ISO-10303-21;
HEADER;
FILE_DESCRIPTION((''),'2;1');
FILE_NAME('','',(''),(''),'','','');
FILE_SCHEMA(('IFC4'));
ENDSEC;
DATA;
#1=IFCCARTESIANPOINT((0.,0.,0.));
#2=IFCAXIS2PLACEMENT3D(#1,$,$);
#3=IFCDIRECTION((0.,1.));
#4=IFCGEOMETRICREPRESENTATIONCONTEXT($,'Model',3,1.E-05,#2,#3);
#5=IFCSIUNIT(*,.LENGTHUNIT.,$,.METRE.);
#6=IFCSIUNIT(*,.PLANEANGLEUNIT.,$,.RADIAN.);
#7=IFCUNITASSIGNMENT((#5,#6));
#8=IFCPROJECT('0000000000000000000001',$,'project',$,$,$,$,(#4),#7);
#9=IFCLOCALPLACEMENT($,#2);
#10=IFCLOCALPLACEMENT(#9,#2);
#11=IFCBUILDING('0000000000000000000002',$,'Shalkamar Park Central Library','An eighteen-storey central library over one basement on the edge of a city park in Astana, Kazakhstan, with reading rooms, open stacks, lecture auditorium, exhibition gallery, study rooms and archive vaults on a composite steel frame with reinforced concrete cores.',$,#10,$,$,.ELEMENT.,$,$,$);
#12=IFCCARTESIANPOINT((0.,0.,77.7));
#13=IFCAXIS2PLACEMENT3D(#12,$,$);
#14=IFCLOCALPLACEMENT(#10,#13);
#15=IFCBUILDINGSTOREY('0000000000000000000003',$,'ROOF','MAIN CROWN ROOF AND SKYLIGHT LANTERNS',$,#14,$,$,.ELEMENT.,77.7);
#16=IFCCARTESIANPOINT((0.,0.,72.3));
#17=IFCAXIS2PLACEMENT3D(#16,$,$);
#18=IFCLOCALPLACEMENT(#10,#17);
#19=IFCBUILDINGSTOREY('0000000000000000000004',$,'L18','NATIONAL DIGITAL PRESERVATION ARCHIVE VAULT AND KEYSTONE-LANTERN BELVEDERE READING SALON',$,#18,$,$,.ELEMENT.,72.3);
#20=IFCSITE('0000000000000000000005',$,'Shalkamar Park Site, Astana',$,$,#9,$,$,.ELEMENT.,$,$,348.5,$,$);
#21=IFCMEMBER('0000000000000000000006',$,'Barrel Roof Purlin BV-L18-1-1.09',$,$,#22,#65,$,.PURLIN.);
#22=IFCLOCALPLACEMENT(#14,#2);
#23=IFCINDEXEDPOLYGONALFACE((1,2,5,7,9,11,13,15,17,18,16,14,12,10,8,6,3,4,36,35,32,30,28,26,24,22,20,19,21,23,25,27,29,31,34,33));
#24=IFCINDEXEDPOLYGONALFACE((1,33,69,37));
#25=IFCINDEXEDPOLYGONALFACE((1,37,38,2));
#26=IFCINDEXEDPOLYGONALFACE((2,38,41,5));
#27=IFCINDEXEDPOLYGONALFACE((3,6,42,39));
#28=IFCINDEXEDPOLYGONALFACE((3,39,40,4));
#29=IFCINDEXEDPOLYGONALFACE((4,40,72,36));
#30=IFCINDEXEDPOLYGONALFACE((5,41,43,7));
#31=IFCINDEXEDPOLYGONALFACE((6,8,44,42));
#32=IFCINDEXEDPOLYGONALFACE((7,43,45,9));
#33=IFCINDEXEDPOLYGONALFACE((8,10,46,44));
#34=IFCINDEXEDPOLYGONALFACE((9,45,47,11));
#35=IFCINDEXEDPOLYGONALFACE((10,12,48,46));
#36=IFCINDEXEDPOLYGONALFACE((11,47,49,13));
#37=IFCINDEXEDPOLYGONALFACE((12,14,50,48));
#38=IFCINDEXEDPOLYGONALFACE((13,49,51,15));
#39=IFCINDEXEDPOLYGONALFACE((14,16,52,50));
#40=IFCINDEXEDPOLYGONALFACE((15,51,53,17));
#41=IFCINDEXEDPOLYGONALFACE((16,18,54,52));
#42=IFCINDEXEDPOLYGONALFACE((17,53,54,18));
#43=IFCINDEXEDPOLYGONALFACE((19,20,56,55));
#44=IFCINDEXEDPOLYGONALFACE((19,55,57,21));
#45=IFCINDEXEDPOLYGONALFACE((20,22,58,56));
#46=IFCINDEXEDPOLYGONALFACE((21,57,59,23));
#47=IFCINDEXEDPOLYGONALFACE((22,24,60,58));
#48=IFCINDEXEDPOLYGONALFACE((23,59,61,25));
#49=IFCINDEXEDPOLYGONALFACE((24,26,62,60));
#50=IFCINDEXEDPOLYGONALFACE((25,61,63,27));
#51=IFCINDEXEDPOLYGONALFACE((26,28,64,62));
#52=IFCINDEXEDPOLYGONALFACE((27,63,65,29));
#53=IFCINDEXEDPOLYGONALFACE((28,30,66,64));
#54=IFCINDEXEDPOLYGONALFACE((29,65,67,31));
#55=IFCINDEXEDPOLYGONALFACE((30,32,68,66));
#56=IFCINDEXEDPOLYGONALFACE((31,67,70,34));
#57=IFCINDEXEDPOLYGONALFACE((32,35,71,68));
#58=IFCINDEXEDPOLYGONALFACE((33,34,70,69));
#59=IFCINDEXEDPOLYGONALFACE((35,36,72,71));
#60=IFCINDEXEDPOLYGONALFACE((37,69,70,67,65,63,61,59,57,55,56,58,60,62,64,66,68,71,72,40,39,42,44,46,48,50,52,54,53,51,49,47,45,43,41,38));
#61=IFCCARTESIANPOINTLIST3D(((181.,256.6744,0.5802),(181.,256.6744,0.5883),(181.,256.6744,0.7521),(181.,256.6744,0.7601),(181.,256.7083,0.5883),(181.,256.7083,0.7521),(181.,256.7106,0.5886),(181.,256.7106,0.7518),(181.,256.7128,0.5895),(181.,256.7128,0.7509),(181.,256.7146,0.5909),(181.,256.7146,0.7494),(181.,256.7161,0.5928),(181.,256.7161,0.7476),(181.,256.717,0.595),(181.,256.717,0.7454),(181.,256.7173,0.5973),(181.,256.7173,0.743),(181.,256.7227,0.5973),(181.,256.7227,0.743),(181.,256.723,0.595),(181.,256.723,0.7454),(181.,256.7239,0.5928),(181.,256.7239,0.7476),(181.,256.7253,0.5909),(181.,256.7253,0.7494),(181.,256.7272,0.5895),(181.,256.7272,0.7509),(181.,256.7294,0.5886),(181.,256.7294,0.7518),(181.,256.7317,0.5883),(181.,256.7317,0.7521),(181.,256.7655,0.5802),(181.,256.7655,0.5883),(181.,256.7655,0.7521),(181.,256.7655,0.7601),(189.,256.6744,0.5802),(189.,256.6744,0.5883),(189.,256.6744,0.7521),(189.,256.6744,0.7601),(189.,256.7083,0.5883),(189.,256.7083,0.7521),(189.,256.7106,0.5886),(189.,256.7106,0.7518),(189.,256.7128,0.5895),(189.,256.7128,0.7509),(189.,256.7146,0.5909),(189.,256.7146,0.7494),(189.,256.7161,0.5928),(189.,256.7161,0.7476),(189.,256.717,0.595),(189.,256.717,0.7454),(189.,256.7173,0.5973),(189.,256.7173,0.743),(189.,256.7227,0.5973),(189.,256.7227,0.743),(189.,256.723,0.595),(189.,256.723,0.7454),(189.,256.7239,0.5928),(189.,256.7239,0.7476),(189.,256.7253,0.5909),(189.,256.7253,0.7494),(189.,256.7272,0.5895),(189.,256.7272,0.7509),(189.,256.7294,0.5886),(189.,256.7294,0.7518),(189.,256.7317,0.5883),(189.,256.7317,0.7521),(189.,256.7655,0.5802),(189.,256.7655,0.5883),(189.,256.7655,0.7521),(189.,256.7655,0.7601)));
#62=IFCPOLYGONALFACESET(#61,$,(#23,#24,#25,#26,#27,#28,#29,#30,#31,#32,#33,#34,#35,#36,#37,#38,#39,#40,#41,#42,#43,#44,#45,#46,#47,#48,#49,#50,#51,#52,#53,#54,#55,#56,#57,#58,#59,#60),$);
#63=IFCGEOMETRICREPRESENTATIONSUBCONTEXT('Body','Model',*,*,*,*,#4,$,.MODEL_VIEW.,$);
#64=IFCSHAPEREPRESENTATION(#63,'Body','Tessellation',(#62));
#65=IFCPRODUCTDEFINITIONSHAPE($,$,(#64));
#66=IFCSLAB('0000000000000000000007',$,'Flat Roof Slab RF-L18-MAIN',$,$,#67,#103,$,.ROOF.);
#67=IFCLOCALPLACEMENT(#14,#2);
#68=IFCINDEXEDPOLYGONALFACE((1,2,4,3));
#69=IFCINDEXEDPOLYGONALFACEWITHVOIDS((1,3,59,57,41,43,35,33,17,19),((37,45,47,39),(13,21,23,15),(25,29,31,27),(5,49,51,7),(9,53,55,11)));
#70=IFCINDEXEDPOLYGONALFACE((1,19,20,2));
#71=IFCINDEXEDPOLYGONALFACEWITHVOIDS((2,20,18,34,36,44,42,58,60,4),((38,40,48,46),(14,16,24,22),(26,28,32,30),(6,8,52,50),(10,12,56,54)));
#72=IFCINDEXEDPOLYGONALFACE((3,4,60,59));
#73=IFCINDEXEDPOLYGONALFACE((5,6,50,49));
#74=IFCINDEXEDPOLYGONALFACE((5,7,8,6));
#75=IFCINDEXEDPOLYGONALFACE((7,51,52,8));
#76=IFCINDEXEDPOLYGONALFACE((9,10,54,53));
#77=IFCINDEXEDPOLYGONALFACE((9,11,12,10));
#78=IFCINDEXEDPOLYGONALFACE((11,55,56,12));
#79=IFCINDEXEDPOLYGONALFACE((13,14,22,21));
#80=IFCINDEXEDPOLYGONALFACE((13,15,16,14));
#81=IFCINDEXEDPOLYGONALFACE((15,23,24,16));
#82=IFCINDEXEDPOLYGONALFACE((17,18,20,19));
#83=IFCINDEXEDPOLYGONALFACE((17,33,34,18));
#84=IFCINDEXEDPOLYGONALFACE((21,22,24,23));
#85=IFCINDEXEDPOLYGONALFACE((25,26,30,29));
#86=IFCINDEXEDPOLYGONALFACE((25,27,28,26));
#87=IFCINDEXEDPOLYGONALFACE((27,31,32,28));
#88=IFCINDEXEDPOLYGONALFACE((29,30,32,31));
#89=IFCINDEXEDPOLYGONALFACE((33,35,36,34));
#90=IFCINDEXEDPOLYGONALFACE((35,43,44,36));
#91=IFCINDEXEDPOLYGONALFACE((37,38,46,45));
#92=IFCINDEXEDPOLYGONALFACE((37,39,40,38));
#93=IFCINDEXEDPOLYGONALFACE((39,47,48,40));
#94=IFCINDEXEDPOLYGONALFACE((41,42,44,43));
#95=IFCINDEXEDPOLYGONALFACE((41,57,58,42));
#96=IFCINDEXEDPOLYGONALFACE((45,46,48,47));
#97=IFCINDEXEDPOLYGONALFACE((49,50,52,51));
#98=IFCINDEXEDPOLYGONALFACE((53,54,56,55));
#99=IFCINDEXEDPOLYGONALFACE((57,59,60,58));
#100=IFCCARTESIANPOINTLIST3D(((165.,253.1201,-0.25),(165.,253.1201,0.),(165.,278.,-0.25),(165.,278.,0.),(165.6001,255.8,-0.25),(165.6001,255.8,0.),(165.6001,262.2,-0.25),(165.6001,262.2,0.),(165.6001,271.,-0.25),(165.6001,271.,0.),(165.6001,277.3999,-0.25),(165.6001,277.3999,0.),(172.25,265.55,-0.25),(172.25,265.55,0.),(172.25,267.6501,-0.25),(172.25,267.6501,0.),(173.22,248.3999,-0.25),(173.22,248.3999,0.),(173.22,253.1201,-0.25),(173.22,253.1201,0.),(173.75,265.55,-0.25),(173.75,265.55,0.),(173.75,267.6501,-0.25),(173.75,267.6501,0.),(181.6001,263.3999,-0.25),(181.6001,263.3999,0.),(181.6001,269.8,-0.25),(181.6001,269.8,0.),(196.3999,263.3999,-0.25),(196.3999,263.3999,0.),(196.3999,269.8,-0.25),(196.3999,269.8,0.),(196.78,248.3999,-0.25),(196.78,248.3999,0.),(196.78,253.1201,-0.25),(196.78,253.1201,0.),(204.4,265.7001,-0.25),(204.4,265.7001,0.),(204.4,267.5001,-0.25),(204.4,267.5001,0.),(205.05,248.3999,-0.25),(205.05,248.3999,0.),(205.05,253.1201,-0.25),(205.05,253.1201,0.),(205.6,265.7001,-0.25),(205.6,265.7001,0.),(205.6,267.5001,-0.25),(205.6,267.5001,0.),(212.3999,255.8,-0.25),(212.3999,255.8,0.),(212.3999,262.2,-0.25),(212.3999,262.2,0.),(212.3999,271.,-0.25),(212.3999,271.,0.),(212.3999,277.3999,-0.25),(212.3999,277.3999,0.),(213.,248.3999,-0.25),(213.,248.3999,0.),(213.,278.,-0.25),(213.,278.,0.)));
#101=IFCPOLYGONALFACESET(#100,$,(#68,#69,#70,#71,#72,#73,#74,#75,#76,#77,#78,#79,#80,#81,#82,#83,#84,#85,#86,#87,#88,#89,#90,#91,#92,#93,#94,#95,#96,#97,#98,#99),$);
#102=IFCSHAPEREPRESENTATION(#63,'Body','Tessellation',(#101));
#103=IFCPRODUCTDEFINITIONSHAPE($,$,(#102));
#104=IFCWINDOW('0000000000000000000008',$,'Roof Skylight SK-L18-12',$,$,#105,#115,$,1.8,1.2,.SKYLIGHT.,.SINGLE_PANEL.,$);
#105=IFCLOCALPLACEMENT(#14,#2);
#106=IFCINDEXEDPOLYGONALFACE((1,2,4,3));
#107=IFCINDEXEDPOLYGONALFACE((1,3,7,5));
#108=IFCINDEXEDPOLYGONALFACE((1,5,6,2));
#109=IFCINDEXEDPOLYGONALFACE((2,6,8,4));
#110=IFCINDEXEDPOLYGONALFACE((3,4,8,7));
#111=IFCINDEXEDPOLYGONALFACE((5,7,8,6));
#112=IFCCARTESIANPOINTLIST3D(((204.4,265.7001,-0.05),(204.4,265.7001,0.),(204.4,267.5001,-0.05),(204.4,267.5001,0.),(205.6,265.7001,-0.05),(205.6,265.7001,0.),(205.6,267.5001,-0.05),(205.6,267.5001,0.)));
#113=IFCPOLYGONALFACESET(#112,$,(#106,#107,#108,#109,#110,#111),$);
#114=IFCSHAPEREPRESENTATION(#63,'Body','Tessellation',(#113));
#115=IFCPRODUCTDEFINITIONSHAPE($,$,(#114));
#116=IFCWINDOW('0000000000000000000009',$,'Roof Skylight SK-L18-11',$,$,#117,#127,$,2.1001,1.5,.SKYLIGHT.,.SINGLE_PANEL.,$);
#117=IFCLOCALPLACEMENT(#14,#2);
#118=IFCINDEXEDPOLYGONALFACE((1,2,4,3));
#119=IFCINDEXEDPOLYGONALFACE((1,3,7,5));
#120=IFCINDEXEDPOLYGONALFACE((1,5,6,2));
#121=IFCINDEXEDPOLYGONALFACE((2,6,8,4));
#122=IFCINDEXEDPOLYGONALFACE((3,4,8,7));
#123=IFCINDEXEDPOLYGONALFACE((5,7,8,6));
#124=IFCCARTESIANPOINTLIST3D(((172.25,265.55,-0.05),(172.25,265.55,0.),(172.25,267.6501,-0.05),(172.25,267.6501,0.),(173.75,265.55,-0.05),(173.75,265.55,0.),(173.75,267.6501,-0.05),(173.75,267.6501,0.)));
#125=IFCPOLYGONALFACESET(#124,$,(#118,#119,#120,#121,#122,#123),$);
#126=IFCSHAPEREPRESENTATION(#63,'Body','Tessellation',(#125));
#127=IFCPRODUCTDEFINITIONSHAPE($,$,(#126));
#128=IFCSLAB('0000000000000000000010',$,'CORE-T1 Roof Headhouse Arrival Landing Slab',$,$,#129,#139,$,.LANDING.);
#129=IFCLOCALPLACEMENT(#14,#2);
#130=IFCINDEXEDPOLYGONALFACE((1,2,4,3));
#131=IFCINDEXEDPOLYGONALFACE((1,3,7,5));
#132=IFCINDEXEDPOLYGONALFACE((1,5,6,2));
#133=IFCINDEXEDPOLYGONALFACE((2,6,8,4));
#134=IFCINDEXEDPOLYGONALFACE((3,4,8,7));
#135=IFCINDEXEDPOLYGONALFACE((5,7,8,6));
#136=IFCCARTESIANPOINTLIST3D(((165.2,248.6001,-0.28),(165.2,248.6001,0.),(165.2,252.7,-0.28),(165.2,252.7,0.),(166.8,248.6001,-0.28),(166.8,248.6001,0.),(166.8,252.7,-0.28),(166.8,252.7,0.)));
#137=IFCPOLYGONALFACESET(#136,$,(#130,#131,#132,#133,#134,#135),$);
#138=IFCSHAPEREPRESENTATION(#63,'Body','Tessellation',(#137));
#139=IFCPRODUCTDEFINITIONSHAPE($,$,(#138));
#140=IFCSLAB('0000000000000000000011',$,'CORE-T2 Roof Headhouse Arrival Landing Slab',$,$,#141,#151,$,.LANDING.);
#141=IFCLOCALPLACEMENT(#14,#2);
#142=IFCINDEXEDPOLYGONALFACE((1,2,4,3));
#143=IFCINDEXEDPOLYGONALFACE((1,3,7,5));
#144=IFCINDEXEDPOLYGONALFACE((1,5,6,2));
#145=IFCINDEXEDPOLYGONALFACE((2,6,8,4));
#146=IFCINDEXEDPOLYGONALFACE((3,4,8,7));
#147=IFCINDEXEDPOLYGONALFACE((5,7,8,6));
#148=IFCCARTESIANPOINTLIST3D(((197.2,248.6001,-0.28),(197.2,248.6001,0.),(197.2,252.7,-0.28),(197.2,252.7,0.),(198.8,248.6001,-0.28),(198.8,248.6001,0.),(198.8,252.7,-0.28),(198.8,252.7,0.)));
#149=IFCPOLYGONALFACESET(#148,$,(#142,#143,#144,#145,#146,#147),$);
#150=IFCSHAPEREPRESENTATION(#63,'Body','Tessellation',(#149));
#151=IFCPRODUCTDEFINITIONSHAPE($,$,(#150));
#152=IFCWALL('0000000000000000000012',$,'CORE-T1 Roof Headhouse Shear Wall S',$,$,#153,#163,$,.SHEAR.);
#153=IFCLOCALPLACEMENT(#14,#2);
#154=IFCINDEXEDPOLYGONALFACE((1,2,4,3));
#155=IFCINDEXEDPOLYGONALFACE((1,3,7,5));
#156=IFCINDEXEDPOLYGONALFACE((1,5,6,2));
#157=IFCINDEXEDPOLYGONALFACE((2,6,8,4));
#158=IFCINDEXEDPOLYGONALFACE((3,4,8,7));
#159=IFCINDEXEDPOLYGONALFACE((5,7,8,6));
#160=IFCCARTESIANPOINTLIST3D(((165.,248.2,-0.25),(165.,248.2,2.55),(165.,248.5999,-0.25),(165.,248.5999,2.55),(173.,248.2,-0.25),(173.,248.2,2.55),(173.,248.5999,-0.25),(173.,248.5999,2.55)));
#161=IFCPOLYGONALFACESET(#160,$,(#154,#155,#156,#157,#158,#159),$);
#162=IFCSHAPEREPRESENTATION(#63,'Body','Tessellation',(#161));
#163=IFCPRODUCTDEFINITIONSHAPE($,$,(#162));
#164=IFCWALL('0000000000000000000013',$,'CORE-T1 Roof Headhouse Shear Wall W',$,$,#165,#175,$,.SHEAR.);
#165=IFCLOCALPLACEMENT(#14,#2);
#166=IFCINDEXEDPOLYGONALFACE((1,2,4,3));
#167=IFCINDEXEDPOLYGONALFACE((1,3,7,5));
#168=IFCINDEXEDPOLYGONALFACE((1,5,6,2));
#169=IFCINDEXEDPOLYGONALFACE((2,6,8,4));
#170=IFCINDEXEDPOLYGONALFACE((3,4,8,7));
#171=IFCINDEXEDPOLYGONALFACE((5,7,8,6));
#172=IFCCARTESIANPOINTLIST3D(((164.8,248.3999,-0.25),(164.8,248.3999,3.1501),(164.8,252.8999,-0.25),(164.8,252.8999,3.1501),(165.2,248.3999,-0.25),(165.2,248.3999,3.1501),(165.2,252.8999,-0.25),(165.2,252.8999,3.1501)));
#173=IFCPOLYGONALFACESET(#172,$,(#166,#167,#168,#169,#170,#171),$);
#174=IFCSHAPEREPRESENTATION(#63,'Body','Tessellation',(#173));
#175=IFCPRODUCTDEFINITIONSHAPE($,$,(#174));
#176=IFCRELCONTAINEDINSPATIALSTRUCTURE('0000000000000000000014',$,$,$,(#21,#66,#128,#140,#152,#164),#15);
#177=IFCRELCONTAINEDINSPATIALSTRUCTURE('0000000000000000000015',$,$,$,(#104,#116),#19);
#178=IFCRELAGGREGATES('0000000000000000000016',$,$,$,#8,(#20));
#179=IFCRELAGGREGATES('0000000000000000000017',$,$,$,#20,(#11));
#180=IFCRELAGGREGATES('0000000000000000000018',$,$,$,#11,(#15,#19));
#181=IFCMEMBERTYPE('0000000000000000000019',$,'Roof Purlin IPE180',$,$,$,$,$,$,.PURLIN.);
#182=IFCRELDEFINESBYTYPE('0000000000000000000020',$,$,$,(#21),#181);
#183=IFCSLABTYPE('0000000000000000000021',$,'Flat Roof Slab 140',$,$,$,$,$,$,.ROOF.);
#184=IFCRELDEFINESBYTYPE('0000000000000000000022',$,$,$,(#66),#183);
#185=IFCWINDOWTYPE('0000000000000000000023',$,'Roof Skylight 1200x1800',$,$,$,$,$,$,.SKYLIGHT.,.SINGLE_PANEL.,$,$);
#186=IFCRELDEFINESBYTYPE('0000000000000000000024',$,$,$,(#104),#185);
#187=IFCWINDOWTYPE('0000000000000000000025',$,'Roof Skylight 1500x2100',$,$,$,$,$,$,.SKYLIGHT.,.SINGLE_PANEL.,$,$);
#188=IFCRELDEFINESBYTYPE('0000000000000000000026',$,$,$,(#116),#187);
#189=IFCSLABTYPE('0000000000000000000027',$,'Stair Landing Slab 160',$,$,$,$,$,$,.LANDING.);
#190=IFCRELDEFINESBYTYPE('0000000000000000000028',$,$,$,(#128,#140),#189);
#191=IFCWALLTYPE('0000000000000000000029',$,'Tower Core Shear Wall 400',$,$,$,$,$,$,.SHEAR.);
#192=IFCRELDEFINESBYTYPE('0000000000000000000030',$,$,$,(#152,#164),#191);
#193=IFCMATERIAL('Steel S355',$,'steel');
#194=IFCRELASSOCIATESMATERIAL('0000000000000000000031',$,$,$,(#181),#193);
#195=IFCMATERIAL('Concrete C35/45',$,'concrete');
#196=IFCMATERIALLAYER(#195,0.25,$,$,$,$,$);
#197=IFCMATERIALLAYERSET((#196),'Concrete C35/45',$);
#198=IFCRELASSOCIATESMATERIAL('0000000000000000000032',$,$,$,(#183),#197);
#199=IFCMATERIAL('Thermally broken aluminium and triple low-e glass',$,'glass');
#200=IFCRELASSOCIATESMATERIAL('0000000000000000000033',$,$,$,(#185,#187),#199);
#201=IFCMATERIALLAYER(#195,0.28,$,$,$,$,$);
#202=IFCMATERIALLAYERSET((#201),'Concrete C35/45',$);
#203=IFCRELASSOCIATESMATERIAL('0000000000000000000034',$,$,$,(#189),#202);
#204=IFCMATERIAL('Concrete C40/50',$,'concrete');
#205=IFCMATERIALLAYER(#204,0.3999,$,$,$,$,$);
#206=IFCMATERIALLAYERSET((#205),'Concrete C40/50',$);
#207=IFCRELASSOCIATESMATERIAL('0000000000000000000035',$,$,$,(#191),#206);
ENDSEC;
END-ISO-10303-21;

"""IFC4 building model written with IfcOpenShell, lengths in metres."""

from ifc_helpers import new_model, si_unit, direction, frame, frame_2d, origin, origin_2d, place, context, subcontext, project, spatial, polyline, rectangle, i_section, outline, extrude, material, layer, layer_set, material_profile, profile_set, type_object, element, fill, save


model = new_model("IFC4")

# Units and contexts
model_context = context("Model", 3, precision=1e-05, world=origin(), true_north=direction((0.0, 1.0)))
body_context = subcontext(model_context, "Body", "Model", "MODEL_VIEW")
ifc_project = project(units=[si_unit("LENGTHUNIT", "METRE"), si_unit("PLANEANGLEUNIT", "RADIAN")], contexts=[model_context])

# Site, building, storey
site_placement = place(None, origin())
site = spatial("IfcSite", under=ifc_project, at=site_placement, Name="Shalkamar Park Site, Astana", CompositionType="ELEMENT", RefElevation=348.5)
building_placement = place(site_placement, origin())
building = spatial("IfcBuilding", under=site, at=building_placement, Name="Shalkamar Park Central Library", Description="An eighteen-storey central library over one basement on the edge of a city park in Astana, Kazakhstan, with reading rooms, open stacks, lecture auditorium, exhibition gallery, study rooms and archive vaults on a composite steel frame with reinforced concrete cores.", CompositionType="ELEMENT")
storey_1_placement = place(building_placement, frame((0.0, 0.0, 77.7)))
storey_1 = spatial("IfcBuildingStorey", under=building, at=storey_1_placement, Name="ROOF", Description="MAIN CROWN ROOF AND SKYLIGHT LANTERNS", CompositionType="ELEMENT", Elevation=77.7)

# Member
ifc_material_1 = material(Name="Steel S355", Category="steel")
ifc_material_profile_1 = material_profile(ifc_material_1, i_section(OverallWidth=0.0911, OverallDepth=0.1799, WebThickness=0.0054, FlangeThickness=0.0081, FilletRadius=0.009, at=origin_2d()), Name="IPE 180")
ifc_profile_set_1 = profile_set([ifc_material_profile_1], Name="Steel S355")
member_type_1 = type_object("IfcMemberType", Name="Roof Purlin IPE180", PredefinedType="PURLIN", material=ifc_profile_set_1)
for number, where, z_axis, x_axis, name in (
    (1, (181.0, 256.72, 0.6702), (1.0, 0.0, 0.0), (0.0, 1.0, 0.0), "Barrel Roof Purlin BV-L18-1-1.09"),
):
    element("IfcMember", number, at=place(storey_1_placement, frame(where, z_axis=z_axis, x_axis=x_axis)), inside=storey_1, type_object=member_type_1, Name=name, PredefinedType="PURLIN", context=body_context, shape_type="SweptSolid", body=[
        extrude(i_section(OverallWidth=0.0911, OverallDepth=0.1799, WebThickness=0.0054, FlangeThickness=0.0081, FilletRadius=0.009, at=origin_2d()), origin(), (0.0, 0.0, 1.0), 8.0),
    ])

# Slab, openings
ifc_material_2 = material(Name="Concrete C35/45", Category="concrete")
ifc_layer_1 = layer(ifc_material_2, 0.25)
ifc_layer_set_1 = layer_set([ifc_layer_1], Name="Concrete C35/45")
slab_type_1 = type_object("IfcSlabType", Name="Flat Roof Slab 140", PredefinedType="ROOF", material=ifc_layer_set_1)
slab_1_placement = place(storey_1_placement, frame((0.0, 0.0, -0.25)))
slab_1 = element("IfcSlab", 2, at=slab_1_placement, inside=storey_1, type_object=slab_type_1, Name="Flat Roof Slab RF-L18-MAIN", PredefinedType="ROOF", context=body_context, shape_type="SweptSolid", body=[
    extrude(outline(polyline([(165.0, 278.0), (213.0, 278.0), (213.0, 248.3999), (205.05, 248.3999), (205.05, 253.1201), (196.78, 253.1201), (196.78, 248.3999), (173.22, 248.3999), (173.22, 253.1201), (165.0, 253.1201), (165.0, 278.0)]), holes=[polyline([(165.6001, 255.8), (212.3999, 255.8), (212.3999, 262.2), (165.6001, 262.2), (165.6001, 255.8)]), polyline([(181.6001, 263.3999), (196.3999, 263.3999), (196.3999, 269.8), (181.6001, 269.8), (181.6001, 263.3999)]), polyline([(165.6001, 271.0), (212.3999, 271.0), (212.3999, 277.3999), (165.6001, 277.3999), (165.6001, 271.0)])]), origin(), (0.0, 0.0, 1.0), 0.25),
])
opening_1_placement = place(slab_1_placement, frame((173.0, 266.6001, -0.01)))
opening_1 = element("IfcOpeningElement", 3, at=opening_1_placement, cuts=slab_1, PredefinedType="OPENING", context=body_context, shape_type="SweptSolid", body=[
    extrude(rectangle(XDim=1.5, YDim=2.1001, at=origin_2d()), origin(), (0.0, 0.0, 1.0), 0.27),
])
opening_2_placement = place(slab_1_placement, frame((205.0, 266.6001, -0.01)))
opening_2 = element("IfcOpeningElement", 4, at=opening_2_placement, cuts=slab_1, PredefinedType="OPENING", context=body_context, shape_type="SweptSolid", body=[
    extrude(rectangle(XDim=1.2, YDim=1.8, at=origin_2d()), origin(), (0.0, 0.0, 1.0), 0.27),
])

# Shared definitions
storey_2_placement = place(building_placement, frame((0.0, 0.0, 72.3)))
storey_2 = spatial("IfcBuildingStorey", under=building, at=storey_2_placement, Name="L18", Description="NATIONAL DIGITAL PRESERVATION ARCHIVE VAULT AND KEYSTONE-LANTERN BELVEDERE READING SALON", CompositionType="ELEMENT", Elevation=72.3)

# Windows
ifc_material_3 = material(Name="Thermally broken aluminium and triple low-e glass", Category="glass")
window_type_1 = type_object("IfcWindowType", Name="Roof Skylight 1200x1800", PartitioningType="SINGLE_PANEL", PredefinedType="SKYLIGHT", material=ifc_material_3)
window_1_placement = place(opening_2_placement, frame((0.0, 0.0, 0.21)))
window_1 = element("IfcWindow", 5, at=window_1_placement, inside=storey_2, type_object=window_type_1, Name="Roof Skylight SK-L18-12", OverallHeight=1.8, OverallWidth=1.2, PartitioningType="SINGLE_PANEL", PredefinedType="SKYLIGHT", context=body_context, shape_type="SweptSolid", body=[
    extrude(rectangle(XDim=1.2, YDim=1.8, at=origin_2d()), origin(), (0.0, 0.0, 1.0), 0.05),
])
fill(opening_2, window_1)
window_type_2 = type_object("IfcWindowType", Name="Roof Skylight 1500x2100", PartitioningType="SINGLE_PANEL", PredefinedType="SKYLIGHT", material=ifc_material_3)
window_2_placement = place(opening_1_placement, frame((0.0, 0.0, 0.21)))
window_2 = element("IfcWindow", 6, at=window_2_placement, inside=storey_2, type_object=window_type_2, Name="Roof Skylight SK-L18-11", OverallHeight=2.1001, OverallWidth=1.5, PartitioningType="SINGLE_PANEL", PredefinedType="SKYLIGHT", context=body_context, shape_type="SweptSolid", body=[
    extrude(rectangle(XDim=1.5, YDim=2.1001, at=origin_2d()), origin(), (0.0, 0.0, 1.0), 0.05),
])
fill(opening_1, window_2)

# Slabs
ifc_layer_2 = layer(ifc_material_2, 0.28)
ifc_layer_set_2 = layer_set([ifc_layer_2], Name="Concrete C35/45")
slab_type_2 = type_object("IfcSlabType", Name="Stair Landing Slab 160", PredefinedType="LANDING", material=ifc_layer_set_2)
slab_2_placement = place(storey_1_placement, frame((0.0, 0.0, -0.28)))
element("IfcSlab", 7, at=slab_2_placement, inside=storey_1, type_object=slab_type_2, Name="CORE-T1 Roof Headhouse Arrival Landing Slab", PredefinedType="LANDING", context=body_context, shape_type="SweptSolid", body=[
    extrude(outline(polyline([(165.2, 248.6001), (166.8, 248.6001), (166.8, 252.7), (165.2, 252.7), (165.2, 248.6001)])), origin(), (0.0, 0.0, 1.0), 0.28),
])
slab_3_placement = place(storey_1_placement, frame((0.0, 0.0, -0.28)))
element("IfcSlab", 8, at=slab_3_placement, inside=storey_1, type_object=slab_type_2, Name="CORE-T2 Roof Headhouse Arrival Landing Slab", PredefinedType="LANDING", context=body_context, shape_type="SweptSolid", body=[
    extrude(outline(polyline([(197.2, 248.6001), (198.8, 248.6001), (198.8, 252.7), (197.2, 252.7), (197.2, 248.6001)])), origin(), (0.0, 0.0, 1.0), 0.28),
])

# Walls
ifc_material_4 = material(Name="Concrete C40/50", Category="concrete")
ifc_layer_3 = layer(ifc_material_4, 0.3999)
ifc_layer_set_3 = layer_set([ifc_layer_3], Name="Concrete C40/50")
wall_type = type_object("IfcWallType", Name="Tower Core Shear Wall 400", PredefinedType="SHEAR", material=ifc_layer_set_3)
wall_1_placement = place(storey_1_placement, frame((165.0, 248.3999, -0.25), z_axis=(0.0, 0.0, 1.0), x_axis=(1.0, 0.0, 0.0)))
element("IfcWall", 9, at=wall_1_placement, inside=storey_1, type_object=wall_type, Name="CORE-T1 Roof Headhouse Shear Wall S", PredefinedType="SHEAR", context=body_context, shape_type="SweptSolid", body=[
    extrude(rectangle(XDim=8.0, YDim=0.3999, at=frame_2d((4.0, 0.0))), origin(), (0.0, 0.0, 1.0), 2.8),
])
for number, where, z_axis, x_axis, name in (
    (10, (165.0, 248.3999, -0.25), (0.0, 0.0, 1.0), (0.0, 1.0, 0.0), "CORE-T1 Roof Headhouse Shear Wall W"),
):
    element("IfcWall", number, at=place(storey_1_placement, frame(where, z_axis=z_axis, x_axis=x_axis)), inside=storey_1, type_object=wall_type, Name=name, PredefinedType="SHEAR", context=body_context, shape_type="SweptSolid", body=[
        extrude(rectangle(XDim=4.5, YDim=0.3999, at=frame_2d((2.25, 0.0))), origin(), (0.0, 0.0, 1.0), 3.4001),
    ])

save(model, "model.ifc")
